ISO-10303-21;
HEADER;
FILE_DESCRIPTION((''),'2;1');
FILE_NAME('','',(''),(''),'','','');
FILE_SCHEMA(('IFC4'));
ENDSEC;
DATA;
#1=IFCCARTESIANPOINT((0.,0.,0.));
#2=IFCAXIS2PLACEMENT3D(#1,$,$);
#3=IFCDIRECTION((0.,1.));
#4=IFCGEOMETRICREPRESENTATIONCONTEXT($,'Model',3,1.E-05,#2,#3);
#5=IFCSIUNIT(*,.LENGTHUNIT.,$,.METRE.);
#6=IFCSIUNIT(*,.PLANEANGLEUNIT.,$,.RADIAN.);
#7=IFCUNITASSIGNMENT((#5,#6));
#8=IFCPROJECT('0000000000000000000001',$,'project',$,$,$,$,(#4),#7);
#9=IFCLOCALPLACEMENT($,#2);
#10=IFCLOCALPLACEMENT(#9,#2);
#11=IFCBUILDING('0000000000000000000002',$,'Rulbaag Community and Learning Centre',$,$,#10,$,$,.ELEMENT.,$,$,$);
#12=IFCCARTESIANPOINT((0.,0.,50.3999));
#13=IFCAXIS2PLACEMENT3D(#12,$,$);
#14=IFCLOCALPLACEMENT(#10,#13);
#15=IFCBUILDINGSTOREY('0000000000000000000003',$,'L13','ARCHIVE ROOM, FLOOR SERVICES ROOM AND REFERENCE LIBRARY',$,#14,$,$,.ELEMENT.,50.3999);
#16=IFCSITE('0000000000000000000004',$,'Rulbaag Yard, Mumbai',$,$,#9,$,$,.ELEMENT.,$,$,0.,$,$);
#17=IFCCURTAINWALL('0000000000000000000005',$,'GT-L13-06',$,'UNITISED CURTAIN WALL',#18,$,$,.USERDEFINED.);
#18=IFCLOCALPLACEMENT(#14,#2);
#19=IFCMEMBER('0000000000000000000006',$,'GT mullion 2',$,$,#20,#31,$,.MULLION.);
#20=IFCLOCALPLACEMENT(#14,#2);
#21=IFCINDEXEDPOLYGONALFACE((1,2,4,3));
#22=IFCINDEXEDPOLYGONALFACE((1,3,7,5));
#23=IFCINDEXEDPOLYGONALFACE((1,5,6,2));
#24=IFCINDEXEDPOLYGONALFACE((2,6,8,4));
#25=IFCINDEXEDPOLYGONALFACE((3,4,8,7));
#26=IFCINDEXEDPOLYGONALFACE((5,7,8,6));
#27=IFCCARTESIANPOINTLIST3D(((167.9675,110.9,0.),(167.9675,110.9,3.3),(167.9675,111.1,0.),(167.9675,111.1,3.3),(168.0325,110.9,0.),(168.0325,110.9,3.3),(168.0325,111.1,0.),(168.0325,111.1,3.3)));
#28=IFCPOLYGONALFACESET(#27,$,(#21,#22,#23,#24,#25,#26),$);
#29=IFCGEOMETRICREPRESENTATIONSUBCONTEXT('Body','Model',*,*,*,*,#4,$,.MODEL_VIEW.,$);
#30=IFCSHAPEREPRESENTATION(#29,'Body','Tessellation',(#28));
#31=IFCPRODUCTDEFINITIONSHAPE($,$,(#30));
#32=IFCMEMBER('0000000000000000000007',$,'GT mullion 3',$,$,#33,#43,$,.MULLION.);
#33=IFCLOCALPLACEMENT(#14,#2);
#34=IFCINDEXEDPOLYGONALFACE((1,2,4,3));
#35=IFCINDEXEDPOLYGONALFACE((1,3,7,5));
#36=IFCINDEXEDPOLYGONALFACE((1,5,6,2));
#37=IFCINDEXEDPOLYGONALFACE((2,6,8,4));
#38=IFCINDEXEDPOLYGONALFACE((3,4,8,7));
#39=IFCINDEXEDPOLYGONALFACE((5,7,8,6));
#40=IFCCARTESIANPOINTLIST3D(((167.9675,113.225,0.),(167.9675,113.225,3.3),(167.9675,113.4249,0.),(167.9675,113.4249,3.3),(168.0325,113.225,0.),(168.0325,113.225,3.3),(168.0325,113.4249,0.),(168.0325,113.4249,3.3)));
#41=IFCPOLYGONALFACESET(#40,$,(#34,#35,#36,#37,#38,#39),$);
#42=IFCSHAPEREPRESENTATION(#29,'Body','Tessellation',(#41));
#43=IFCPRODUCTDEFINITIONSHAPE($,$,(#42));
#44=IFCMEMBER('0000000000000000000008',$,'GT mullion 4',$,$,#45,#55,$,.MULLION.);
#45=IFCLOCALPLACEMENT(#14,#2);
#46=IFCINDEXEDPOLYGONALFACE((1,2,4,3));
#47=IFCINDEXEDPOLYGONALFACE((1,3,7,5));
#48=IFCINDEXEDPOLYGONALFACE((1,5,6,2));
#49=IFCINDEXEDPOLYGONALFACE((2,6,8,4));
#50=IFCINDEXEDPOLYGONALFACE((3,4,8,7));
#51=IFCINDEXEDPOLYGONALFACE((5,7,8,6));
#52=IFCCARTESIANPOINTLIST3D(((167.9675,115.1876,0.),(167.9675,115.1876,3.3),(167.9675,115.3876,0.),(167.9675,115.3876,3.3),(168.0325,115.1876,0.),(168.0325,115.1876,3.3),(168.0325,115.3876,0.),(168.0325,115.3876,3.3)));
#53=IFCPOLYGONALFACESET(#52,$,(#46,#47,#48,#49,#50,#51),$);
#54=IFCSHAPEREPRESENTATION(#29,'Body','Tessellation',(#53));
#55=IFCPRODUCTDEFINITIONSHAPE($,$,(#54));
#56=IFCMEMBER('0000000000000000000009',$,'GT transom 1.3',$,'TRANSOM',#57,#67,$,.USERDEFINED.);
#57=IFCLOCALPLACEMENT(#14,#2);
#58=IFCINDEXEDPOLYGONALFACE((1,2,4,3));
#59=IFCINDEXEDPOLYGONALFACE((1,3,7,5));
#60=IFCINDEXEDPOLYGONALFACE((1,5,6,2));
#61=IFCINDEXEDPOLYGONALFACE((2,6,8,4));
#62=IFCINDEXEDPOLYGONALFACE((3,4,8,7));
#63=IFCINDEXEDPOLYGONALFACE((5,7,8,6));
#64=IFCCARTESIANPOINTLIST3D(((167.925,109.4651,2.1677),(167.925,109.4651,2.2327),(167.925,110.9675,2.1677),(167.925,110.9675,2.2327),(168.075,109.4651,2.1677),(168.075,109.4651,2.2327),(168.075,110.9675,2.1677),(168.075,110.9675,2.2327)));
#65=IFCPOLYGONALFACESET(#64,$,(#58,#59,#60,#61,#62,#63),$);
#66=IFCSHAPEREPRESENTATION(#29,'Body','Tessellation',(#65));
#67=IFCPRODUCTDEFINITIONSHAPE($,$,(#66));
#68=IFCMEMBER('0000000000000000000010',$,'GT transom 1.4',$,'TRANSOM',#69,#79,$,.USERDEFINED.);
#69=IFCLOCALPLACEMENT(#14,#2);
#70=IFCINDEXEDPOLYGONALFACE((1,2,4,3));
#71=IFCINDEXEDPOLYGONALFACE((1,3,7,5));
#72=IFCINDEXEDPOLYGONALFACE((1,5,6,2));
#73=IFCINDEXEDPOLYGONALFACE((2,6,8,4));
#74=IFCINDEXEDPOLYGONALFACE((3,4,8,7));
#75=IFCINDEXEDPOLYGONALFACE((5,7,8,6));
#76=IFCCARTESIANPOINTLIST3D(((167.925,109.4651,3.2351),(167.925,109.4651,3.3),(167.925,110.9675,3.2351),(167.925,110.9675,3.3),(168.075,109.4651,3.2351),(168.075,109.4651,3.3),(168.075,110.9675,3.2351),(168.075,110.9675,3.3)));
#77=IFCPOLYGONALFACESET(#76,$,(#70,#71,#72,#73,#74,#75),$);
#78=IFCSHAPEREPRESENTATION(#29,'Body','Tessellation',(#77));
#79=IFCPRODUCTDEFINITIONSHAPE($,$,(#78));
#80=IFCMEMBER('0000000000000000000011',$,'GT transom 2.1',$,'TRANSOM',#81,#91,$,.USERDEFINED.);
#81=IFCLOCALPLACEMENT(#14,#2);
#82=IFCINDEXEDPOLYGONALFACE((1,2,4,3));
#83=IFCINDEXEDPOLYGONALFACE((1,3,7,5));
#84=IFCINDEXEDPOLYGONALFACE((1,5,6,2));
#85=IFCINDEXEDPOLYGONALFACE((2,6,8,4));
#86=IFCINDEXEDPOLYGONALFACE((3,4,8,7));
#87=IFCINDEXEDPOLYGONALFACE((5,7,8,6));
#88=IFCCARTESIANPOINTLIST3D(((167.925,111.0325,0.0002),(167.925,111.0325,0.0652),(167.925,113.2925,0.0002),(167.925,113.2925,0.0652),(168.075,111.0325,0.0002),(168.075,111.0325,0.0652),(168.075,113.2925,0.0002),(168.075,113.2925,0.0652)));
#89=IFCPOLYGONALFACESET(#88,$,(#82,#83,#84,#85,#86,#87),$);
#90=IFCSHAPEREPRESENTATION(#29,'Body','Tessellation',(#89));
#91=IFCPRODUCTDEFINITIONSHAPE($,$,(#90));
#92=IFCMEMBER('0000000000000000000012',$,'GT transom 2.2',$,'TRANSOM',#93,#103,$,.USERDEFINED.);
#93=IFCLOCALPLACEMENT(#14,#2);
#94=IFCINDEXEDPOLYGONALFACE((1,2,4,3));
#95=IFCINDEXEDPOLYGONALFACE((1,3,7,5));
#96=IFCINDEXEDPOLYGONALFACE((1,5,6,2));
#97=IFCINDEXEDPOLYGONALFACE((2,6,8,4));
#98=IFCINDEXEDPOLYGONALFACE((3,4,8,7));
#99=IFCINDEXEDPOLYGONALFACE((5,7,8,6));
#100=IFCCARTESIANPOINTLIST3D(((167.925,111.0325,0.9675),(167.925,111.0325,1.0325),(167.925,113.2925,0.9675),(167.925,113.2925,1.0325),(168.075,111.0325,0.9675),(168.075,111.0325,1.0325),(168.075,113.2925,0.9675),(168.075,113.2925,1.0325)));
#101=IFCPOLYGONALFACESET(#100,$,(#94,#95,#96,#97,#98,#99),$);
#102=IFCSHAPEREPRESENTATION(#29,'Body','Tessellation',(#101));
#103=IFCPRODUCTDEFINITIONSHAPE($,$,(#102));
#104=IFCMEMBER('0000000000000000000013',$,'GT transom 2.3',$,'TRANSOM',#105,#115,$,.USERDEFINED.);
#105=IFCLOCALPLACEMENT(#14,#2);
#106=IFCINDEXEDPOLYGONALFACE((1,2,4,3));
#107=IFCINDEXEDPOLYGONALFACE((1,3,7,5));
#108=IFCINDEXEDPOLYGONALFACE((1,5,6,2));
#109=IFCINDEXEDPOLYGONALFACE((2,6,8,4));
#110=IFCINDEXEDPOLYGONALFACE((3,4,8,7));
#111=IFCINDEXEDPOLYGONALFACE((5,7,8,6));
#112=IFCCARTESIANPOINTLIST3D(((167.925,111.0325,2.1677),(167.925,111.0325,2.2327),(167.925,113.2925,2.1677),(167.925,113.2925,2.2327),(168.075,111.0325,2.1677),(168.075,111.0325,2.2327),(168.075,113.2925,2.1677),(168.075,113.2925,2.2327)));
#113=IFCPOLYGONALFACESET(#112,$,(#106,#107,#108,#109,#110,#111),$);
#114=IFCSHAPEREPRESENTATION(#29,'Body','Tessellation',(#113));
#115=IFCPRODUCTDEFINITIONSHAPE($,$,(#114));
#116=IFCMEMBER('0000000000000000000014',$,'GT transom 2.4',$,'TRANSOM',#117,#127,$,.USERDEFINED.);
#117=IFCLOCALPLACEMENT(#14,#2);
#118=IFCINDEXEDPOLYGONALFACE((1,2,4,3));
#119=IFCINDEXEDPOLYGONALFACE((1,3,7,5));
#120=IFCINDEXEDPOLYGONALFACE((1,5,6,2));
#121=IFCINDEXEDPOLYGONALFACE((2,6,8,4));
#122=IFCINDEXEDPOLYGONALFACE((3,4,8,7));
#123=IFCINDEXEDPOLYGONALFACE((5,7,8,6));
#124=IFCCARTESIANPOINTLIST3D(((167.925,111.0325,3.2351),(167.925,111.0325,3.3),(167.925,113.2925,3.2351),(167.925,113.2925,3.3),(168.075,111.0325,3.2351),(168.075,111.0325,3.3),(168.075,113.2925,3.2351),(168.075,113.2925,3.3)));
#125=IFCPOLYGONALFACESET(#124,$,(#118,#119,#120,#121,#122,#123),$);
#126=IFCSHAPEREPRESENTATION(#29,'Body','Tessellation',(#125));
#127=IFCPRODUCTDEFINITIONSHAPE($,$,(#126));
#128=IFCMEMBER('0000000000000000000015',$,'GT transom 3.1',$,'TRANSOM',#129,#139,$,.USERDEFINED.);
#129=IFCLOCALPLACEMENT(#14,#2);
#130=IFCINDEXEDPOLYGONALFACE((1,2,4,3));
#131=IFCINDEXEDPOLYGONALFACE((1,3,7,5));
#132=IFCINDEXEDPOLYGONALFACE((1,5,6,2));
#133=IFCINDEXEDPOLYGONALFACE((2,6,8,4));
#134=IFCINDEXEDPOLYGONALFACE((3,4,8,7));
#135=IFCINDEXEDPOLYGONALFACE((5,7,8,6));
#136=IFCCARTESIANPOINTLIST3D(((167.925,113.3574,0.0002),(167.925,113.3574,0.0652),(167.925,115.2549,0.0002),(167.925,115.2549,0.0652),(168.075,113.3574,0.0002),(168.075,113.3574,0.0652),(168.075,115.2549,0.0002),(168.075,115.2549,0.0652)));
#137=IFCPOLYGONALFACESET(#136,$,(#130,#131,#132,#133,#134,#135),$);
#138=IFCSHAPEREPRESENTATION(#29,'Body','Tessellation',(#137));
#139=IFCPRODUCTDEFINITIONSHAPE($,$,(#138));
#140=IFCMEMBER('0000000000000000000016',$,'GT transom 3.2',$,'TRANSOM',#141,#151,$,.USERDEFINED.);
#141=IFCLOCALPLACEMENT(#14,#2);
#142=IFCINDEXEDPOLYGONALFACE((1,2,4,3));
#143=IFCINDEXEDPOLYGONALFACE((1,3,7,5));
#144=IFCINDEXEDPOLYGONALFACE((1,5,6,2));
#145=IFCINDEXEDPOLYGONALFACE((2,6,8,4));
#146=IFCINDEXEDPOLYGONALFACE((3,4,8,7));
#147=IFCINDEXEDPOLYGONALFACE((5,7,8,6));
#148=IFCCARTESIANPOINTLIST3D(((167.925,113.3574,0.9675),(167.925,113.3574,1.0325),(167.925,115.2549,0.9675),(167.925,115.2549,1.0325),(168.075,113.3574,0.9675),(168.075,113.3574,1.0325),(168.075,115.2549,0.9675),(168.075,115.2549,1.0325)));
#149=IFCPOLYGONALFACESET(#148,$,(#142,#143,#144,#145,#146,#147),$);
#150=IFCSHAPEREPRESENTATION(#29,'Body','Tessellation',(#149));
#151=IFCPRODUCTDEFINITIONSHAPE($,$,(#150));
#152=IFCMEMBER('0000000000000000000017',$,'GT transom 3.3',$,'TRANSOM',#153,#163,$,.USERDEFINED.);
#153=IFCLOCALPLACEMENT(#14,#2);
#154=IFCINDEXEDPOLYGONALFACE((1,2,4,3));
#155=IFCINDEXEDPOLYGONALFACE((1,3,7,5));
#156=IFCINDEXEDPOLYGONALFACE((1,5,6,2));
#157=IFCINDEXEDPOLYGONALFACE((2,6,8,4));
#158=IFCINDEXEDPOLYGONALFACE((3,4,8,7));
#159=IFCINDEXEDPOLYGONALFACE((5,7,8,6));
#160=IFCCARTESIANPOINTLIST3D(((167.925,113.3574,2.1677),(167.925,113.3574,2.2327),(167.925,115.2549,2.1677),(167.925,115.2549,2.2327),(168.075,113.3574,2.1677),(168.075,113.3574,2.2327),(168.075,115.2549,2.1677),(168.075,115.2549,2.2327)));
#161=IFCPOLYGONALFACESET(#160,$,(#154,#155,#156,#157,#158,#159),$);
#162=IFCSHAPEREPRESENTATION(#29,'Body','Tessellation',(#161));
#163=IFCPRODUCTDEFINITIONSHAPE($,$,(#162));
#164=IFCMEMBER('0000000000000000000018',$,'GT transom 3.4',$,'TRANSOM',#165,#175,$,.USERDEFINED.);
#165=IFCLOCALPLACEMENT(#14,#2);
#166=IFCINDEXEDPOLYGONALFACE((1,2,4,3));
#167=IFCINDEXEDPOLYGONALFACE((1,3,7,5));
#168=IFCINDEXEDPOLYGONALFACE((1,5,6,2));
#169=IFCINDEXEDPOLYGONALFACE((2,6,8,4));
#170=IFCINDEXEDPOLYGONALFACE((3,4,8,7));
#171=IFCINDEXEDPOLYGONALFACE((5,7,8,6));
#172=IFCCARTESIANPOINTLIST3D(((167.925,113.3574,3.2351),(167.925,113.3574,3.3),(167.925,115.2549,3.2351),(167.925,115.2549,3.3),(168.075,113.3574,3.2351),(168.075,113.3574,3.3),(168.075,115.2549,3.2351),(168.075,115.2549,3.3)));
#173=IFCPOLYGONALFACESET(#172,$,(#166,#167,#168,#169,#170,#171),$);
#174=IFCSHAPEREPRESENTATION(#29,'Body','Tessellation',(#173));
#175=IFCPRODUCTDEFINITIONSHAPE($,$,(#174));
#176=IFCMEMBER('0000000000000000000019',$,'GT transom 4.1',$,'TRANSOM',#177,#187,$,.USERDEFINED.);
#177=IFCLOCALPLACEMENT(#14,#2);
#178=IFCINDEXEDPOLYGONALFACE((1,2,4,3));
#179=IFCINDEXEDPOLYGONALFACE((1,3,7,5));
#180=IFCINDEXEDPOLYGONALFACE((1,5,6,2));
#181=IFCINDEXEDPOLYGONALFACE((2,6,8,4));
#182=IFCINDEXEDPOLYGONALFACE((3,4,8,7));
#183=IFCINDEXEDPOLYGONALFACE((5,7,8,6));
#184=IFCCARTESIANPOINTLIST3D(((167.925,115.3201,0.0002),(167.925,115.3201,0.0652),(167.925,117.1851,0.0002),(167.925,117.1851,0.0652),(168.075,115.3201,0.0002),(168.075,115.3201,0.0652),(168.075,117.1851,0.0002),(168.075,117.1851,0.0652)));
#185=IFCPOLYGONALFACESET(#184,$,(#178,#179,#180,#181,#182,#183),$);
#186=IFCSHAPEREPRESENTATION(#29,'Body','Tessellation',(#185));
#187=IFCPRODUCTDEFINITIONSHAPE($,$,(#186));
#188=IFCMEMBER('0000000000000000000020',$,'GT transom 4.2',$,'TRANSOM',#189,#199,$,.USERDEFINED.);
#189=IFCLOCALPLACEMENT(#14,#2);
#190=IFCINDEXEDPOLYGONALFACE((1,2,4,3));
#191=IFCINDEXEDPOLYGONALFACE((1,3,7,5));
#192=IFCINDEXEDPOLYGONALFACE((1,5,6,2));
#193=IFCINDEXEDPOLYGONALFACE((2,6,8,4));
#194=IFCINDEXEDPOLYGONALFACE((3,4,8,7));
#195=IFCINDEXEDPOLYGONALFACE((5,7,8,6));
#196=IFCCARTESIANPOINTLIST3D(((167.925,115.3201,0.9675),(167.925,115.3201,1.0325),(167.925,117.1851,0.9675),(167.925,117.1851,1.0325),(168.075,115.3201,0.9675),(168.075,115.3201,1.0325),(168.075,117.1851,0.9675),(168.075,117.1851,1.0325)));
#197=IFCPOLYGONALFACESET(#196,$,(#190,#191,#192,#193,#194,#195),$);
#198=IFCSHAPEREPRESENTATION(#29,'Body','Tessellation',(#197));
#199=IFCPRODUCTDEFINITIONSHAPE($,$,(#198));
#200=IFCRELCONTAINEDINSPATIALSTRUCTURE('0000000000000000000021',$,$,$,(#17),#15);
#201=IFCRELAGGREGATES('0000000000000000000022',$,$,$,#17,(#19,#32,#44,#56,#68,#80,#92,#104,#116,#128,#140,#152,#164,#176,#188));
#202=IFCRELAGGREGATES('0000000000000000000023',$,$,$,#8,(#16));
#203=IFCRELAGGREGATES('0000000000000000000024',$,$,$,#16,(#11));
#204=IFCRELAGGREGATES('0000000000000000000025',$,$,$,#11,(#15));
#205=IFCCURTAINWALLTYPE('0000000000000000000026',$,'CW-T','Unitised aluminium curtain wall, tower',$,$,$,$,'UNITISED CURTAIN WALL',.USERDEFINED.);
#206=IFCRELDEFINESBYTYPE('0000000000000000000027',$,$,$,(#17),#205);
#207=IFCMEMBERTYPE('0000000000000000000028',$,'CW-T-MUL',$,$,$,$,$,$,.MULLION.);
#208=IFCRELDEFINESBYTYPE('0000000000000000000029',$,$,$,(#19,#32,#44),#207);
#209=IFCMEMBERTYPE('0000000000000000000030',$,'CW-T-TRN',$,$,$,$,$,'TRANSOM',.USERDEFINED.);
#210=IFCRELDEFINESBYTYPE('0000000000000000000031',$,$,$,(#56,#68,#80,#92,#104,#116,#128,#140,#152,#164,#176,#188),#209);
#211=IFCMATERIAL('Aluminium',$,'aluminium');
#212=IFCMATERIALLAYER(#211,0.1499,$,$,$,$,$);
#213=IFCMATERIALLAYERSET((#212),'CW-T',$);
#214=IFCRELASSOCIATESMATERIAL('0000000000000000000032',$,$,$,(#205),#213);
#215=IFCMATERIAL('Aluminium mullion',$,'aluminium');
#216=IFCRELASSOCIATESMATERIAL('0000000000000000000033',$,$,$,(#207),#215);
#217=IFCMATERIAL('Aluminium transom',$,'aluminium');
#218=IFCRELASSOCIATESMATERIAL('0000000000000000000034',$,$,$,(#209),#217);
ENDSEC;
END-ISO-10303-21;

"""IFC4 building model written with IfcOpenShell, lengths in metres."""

from ifc_helpers import new_model, si_unit, direction, frame, origin, origin_2d, place, context, subcontext, project, spatial, rectangle, extrude, material, layer, layer_set, material_profile, profile_set, type_object, element, aggregate, save


model = new_model("IFC4")

# Units and contexts
model_context = context("Model", 3, precision=1e-05, world=origin(), true_north=direction((0.0, 1.0)))
body_context = subcontext(model_context, "Body", "Model", "MODEL_VIEW")
ifc_project = project(units=[si_unit("LENGTHUNIT", "METRE"), si_unit("PLANEANGLEUNIT", "RADIAN")], contexts=[model_context])

# Site, building, storey
site_placement = place(None, origin())
site = spatial("IfcSite", under=ifc_project, at=site_placement, Name="Rulbaag Yard, Mumbai", CompositionType="ELEMENT", RefElevation=0.0)
building_placement = place(site_placement, origin())
building = spatial("IfcBuilding", under=site, at=building_placement, Name="Rulbaag Community and Learning Centre", CompositionType="ELEMENT")
storey_placement = place(building_placement, frame((0.0, 0.0, 50.3999)))
storey = spatial("IfcBuildingStorey", under=building, at=storey_placement, Name="L13", Description="ARCHIVE ROOM, FLOOR SERVICES ROOM AND REFERENCE LIBRARY", CompositionType="ELEMENT", Elevation=50.3999)

# Curtain wall, members
ifc_material_1 = material(Name="Aluminium", Category="aluminium")
ifc_layer_1 = layer(ifc_material_1, 0.1499)
ifc_layer_set_1 = layer_set([ifc_layer_1], Name="CW-T")
curtain_wall_type = type_object("IfcCurtainWallType", Name="CW-T", Description="Unitised aluminium curtain wall, tower", ElementType="UNITISED CURTAIN WALL", PredefinedType="USERDEFINED", material=ifc_layer_set_1)
curtain_wall_placement = place(storey_placement, origin())
curtain_wall = element("IfcCurtainWall", 1, at=curtain_wall_placement, inside=storey, type_object=curtain_wall_type, Name="GT-L13-06", ObjectType="UNITISED CURTAIN WALL", PredefinedType="USERDEFINED")
ifc_material_2 = material(Name="Aluminium mullion", Category="aluminium")
ifc_material_profile_1 = material_profile(ifc_material_2, rectangle(XDim=0.0649, YDim=0.2, at=origin_2d()), Name="AL 65x200")
ifc_profile_set_1 = profile_set([ifc_material_profile_1], Name="Aluminium mullion")
member_type_1 = type_object("IfcMemberType", Name="CW-T-MUL", PredefinedType="MULLION", material=ifc_profile_set_1)
member_1_placement = place(storey_placement, frame((168.0, 111.0, 0.0), z_axis=(0.0, 0.0, 1.0), x_axis=(-1.0, 0.0, 0.0)))
member_1 = element("IfcMember", 2, at=member_1_placement, type_object=member_type_1, Name="GT mullion 2", PredefinedType="MULLION", context=body_context, shape_type="SweptSolid", body=[
    extrude(rectangle(XDim=0.0649, YDim=0.2, at=origin_2d()), origin(), (0.0, 0.0, 1.0), 3.3),
])
member_2_placement = place(storey_placement, frame((168.0, 113.325, 0.0), z_axis=(0.0, 0.0, 1.0), x_axis=(-1.0, 0.0, 0.0)))
member_2 = element("IfcMember", 3, at=member_2_placement, type_object=member_type_1, Name="GT mullion 3", PredefinedType="MULLION", context=body_context, shape_type="SweptSolid", body=[
    extrude(rectangle(XDim=0.0649, YDim=0.2, at=origin_2d()), origin(), (0.0, 0.0, 1.0), 3.3),
])
member_3_placement = place(storey_placement, frame((168.0, 115.2876, 0.0), z_axis=(0.0, 0.0, 1.0), x_axis=(-1.0, 0.0, 0.0)))
member_3 = element("IfcMember", 4, at=member_3_placement, type_object=member_type_1, Name="GT mullion 4", PredefinedType="MULLION", context=body_context, shape_type="SweptSolid", body=[
    extrude(rectangle(XDim=0.0649, YDim=0.2, at=origin_2d()), origin(), (0.0, 0.0, 1.0), 3.3),
])
ifc_material_3 = material(Name="Aluminium transom", Category="aluminium")
ifc_material_profile_2 = material_profile(ifc_material_3, rectangle(XDim=0.1499, YDim=0.0649, at=origin_2d()), Name="AL 65x150 T")
ifc_profile_set_2 = profile_set([ifc_material_profile_2], Name="Aluminium transom")
member_type_2 = type_object("IfcMemberType", Name="CW-T-TRN", ElementType="TRANSOM", PredefinedType="USERDEFINED", material=ifc_profile_set_2)
member_4_placement = place(storey_placement, frame((168.0, 109.4651, 2.2002), z_axis=(0.0, 1.0, 0.0), x_axis=(-1.0, 0.0, 0.0)))
member_4 = element("IfcMember", 5, at=member_4_placement, type_object=member_type_2, Name="GT transom 1.3", ObjectType="TRANSOM", PredefinedType="USERDEFINED", context=body_context, shape_type="SweptSolid", body=[
    extrude(rectangle(XDim=0.1499, YDim=0.0649, at=origin_2d()), origin(), (0.0, 0.0, 1.0), 1.5024),
])
member_5_placement = place(storey_placement, frame((168.0, 109.4651, 3.2676), z_axis=(0.0, 1.0, 0.0), x_axis=(-1.0, 0.0, 0.0)))
member_5 = element("IfcMember", 6, at=member_5_placement, type_object=member_type_2, Name="GT transom 1.4", ObjectType="TRANSOM", PredefinedType="USERDEFINED", context=body_context, shape_type="SweptSolid", body=[
    extrude(rectangle(XDim=0.1499, YDim=0.0649, at=origin_2d()), origin(), (0.0, 0.0, 1.0), 1.5024),
])
member_6_placement = place(storey_placement, frame((168.0, 111.0325, 0.0327), z_axis=(0.0, 1.0, 0.0), x_axis=(-1.0, 0.0, 0.0)))
member_6 = element("IfcMember", 7, at=member_6_placement, type_object=member_type_2, Name="GT transom 2.1", ObjectType="TRANSOM", PredefinedType="USERDEFINED", context=body_context, shape_type="SweptSolid", body=[
    extrude(rectangle(XDim=0.1499, YDim=0.0649, at=origin_2d()), origin(), (0.0, 0.0, 1.0), 2.26),
])
member_7_placement = place(storey_placement, frame((168.0, 111.0325, 1.0), z_axis=(0.0, 1.0, 0.0), x_axis=(-1.0, 0.0, 0.0)))
member_7 = element("IfcMember", 8, at=member_7_placement, type_object=member_type_2, Name="GT transom 2.2", ObjectType="TRANSOM", PredefinedType="USERDEFINED", context=body_context, shape_type="SweptSolid", body=[
    extrude(rectangle(XDim=0.1499, YDim=0.0649, at=origin_2d()), origin(), (0.0, 0.0, 1.0), 2.26),
])
member_8_placement = place(storey_placement, frame((168.0, 111.0325, 2.2002), z_axis=(0.0, 1.0, 0.0), x_axis=(-1.0, 0.0, 0.0)))
member_8 = element("IfcMember", 9, at=member_8_placement, type_object=member_type_2, Name="GT transom 2.3", ObjectType="TRANSOM", PredefinedType="USERDEFINED", context=body_context, shape_type="SweptSolid", body=[
    extrude(rectangle(XDim=0.1499, YDim=0.0649, at=origin_2d()), origin(), (0.0, 0.0, 1.0), 2.26),
])
member_9_placement = place(storey_placement, frame((168.0, 111.0325, 3.2676), z_axis=(0.0, 1.0, 0.0), x_axis=(-1.0, 0.0, 0.0)))
member_9 = element("IfcMember", 10, at=member_9_placement, type_object=member_type_2, Name="GT transom 2.4", ObjectType="TRANSOM", PredefinedType="USERDEFINED", context=body_context, shape_type="SweptSolid", body=[
    extrude(rectangle(XDim=0.1499, YDim=0.0649, at=origin_2d()), origin(), (0.0, 0.0, 1.0), 2.26),
])
member_10_placement = place(storey_placement, frame((168.0, 113.3574, 0.0327), z_axis=(0.0, 1.0, 0.0), x_axis=(-1.0, 0.0, 0.0)))
member_10 = element("IfcMember", 11, at=member_10_placement, type_object=member_type_2, Name="GT transom 3.1", ObjectType="TRANSOM", PredefinedType="USERDEFINED", context=body_context, shape_type="SweptSolid", body=[
    extrude(rectangle(XDim=0.1499, YDim=0.0649, at=origin_2d()), origin(), (0.0, 0.0, 1.0), 1.8975),
])
member_11_placement = place(storey_placement, frame((168.0, 113.3574, 1.0), z_axis=(0.0, 1.0, 0.0), x_axis=(-1.0, 0.0, 0.0)))
member_11 = element("IfcMember", 12, at=member_11_placement, type_object=member_type_2, Name="GT transom 3.2", ObjectType="TRANSOM", PredefinedType="USERDEFINED", context=body_context, shape_type="SweptSolid", body=[
    extrude(rectangle(XDim=0.1499, YDim=0.0649, at=origin_2d()), origin(), (0.0, 0.0, 1.0), 1.8975),
])
member_12_placement = place(storey_placement, frame((168.0, 113.3574, 2.2002), z_axis=(0.0, 1.0, 0.0), x_axis=(-1.0, 0.0, 0.0)))
member_12 = element("IfcMember", 13, at=member_12_placement, type_object=member_type_2, Name="GT transom 3.3", ObjectType="TRANSOM", PredefinedType="USERDEFINED", context=body_context, shape_type="SweptSolid", body=[
    extrude(rectangle(XDim=0.1499, YDim=0.0649, at=origin_2d()), origin(), (0.0, 0.0, 1.0), 1.8975),
])
member_13_placement = place(storey_placement, frame((168.0, 113.3574, 3.2676), z_axis=(0.0, 1.0, 0.0), x_axis=(-1.0, 0.0, 0.0)))
member_13 = element("IfcMember", 14, at=member_13_placement, type_object=member_type_2, Name="GT transom 3.4", ObjectType="TRANSOM", PredefinedType="USERDEFINED", context=body_context, shape_type="SweptSolid", body=[
    extrude(rectangle(XDim=0.1499, YDim=0.0649, at=origin_2d()), origin(), (0.0, 0.0, 1.0), 1.8975),
])
member_14_placement = place(storey_placement, frame((168.0, 115.3201, 0.0327), z_axis=(0.0, 1.0, 0.0), x_axis=(-1.0, 0.0, 0.0)))
member_14 = element("IfcMember", 15, at=member_14_placement, type_object=member_type_2, Name="GT transom 4.1", ObjectType="TRANSOM", PredefinedType="USERDEFINED", context=body_context, shape_type="SweptSolid", body=[
    extrude(rectangle(XDim=0.1499, YDim=0.0649, at=origin_2d()), origin(), (0.0, 0.0, 1.0), 1.865),
])
member_15_placement = place(storey_placement, frame((168.0, 115.3201, 1.0), z_axis=(0.0, 1.0, 0.0), x_axis=(-1.0, 0.0, 0.0)))
member_15 = element("IfcMember", 16, at=member_15_placement, type_object=member_type_2, Name="GT transom 4.2", ObjectType="TRANSOM", PredefinedType="USERDEFINED", context=body_context, shape_type="SweptSolid", body=[
    extrude(rectangle(XDim=0.1499, YDim=0.0649, at=origin_2d()), origin(), (0.0, 0.0, 1.0), 1.865),
])
aggregate(curtain_wall, [member_1, member_2, member_3, member_4, member_5, member_6, member_7, member_8, member_9, member_10, member_11, member_12, member_13, member_14, member_15])

save(model, "model.ifc")
